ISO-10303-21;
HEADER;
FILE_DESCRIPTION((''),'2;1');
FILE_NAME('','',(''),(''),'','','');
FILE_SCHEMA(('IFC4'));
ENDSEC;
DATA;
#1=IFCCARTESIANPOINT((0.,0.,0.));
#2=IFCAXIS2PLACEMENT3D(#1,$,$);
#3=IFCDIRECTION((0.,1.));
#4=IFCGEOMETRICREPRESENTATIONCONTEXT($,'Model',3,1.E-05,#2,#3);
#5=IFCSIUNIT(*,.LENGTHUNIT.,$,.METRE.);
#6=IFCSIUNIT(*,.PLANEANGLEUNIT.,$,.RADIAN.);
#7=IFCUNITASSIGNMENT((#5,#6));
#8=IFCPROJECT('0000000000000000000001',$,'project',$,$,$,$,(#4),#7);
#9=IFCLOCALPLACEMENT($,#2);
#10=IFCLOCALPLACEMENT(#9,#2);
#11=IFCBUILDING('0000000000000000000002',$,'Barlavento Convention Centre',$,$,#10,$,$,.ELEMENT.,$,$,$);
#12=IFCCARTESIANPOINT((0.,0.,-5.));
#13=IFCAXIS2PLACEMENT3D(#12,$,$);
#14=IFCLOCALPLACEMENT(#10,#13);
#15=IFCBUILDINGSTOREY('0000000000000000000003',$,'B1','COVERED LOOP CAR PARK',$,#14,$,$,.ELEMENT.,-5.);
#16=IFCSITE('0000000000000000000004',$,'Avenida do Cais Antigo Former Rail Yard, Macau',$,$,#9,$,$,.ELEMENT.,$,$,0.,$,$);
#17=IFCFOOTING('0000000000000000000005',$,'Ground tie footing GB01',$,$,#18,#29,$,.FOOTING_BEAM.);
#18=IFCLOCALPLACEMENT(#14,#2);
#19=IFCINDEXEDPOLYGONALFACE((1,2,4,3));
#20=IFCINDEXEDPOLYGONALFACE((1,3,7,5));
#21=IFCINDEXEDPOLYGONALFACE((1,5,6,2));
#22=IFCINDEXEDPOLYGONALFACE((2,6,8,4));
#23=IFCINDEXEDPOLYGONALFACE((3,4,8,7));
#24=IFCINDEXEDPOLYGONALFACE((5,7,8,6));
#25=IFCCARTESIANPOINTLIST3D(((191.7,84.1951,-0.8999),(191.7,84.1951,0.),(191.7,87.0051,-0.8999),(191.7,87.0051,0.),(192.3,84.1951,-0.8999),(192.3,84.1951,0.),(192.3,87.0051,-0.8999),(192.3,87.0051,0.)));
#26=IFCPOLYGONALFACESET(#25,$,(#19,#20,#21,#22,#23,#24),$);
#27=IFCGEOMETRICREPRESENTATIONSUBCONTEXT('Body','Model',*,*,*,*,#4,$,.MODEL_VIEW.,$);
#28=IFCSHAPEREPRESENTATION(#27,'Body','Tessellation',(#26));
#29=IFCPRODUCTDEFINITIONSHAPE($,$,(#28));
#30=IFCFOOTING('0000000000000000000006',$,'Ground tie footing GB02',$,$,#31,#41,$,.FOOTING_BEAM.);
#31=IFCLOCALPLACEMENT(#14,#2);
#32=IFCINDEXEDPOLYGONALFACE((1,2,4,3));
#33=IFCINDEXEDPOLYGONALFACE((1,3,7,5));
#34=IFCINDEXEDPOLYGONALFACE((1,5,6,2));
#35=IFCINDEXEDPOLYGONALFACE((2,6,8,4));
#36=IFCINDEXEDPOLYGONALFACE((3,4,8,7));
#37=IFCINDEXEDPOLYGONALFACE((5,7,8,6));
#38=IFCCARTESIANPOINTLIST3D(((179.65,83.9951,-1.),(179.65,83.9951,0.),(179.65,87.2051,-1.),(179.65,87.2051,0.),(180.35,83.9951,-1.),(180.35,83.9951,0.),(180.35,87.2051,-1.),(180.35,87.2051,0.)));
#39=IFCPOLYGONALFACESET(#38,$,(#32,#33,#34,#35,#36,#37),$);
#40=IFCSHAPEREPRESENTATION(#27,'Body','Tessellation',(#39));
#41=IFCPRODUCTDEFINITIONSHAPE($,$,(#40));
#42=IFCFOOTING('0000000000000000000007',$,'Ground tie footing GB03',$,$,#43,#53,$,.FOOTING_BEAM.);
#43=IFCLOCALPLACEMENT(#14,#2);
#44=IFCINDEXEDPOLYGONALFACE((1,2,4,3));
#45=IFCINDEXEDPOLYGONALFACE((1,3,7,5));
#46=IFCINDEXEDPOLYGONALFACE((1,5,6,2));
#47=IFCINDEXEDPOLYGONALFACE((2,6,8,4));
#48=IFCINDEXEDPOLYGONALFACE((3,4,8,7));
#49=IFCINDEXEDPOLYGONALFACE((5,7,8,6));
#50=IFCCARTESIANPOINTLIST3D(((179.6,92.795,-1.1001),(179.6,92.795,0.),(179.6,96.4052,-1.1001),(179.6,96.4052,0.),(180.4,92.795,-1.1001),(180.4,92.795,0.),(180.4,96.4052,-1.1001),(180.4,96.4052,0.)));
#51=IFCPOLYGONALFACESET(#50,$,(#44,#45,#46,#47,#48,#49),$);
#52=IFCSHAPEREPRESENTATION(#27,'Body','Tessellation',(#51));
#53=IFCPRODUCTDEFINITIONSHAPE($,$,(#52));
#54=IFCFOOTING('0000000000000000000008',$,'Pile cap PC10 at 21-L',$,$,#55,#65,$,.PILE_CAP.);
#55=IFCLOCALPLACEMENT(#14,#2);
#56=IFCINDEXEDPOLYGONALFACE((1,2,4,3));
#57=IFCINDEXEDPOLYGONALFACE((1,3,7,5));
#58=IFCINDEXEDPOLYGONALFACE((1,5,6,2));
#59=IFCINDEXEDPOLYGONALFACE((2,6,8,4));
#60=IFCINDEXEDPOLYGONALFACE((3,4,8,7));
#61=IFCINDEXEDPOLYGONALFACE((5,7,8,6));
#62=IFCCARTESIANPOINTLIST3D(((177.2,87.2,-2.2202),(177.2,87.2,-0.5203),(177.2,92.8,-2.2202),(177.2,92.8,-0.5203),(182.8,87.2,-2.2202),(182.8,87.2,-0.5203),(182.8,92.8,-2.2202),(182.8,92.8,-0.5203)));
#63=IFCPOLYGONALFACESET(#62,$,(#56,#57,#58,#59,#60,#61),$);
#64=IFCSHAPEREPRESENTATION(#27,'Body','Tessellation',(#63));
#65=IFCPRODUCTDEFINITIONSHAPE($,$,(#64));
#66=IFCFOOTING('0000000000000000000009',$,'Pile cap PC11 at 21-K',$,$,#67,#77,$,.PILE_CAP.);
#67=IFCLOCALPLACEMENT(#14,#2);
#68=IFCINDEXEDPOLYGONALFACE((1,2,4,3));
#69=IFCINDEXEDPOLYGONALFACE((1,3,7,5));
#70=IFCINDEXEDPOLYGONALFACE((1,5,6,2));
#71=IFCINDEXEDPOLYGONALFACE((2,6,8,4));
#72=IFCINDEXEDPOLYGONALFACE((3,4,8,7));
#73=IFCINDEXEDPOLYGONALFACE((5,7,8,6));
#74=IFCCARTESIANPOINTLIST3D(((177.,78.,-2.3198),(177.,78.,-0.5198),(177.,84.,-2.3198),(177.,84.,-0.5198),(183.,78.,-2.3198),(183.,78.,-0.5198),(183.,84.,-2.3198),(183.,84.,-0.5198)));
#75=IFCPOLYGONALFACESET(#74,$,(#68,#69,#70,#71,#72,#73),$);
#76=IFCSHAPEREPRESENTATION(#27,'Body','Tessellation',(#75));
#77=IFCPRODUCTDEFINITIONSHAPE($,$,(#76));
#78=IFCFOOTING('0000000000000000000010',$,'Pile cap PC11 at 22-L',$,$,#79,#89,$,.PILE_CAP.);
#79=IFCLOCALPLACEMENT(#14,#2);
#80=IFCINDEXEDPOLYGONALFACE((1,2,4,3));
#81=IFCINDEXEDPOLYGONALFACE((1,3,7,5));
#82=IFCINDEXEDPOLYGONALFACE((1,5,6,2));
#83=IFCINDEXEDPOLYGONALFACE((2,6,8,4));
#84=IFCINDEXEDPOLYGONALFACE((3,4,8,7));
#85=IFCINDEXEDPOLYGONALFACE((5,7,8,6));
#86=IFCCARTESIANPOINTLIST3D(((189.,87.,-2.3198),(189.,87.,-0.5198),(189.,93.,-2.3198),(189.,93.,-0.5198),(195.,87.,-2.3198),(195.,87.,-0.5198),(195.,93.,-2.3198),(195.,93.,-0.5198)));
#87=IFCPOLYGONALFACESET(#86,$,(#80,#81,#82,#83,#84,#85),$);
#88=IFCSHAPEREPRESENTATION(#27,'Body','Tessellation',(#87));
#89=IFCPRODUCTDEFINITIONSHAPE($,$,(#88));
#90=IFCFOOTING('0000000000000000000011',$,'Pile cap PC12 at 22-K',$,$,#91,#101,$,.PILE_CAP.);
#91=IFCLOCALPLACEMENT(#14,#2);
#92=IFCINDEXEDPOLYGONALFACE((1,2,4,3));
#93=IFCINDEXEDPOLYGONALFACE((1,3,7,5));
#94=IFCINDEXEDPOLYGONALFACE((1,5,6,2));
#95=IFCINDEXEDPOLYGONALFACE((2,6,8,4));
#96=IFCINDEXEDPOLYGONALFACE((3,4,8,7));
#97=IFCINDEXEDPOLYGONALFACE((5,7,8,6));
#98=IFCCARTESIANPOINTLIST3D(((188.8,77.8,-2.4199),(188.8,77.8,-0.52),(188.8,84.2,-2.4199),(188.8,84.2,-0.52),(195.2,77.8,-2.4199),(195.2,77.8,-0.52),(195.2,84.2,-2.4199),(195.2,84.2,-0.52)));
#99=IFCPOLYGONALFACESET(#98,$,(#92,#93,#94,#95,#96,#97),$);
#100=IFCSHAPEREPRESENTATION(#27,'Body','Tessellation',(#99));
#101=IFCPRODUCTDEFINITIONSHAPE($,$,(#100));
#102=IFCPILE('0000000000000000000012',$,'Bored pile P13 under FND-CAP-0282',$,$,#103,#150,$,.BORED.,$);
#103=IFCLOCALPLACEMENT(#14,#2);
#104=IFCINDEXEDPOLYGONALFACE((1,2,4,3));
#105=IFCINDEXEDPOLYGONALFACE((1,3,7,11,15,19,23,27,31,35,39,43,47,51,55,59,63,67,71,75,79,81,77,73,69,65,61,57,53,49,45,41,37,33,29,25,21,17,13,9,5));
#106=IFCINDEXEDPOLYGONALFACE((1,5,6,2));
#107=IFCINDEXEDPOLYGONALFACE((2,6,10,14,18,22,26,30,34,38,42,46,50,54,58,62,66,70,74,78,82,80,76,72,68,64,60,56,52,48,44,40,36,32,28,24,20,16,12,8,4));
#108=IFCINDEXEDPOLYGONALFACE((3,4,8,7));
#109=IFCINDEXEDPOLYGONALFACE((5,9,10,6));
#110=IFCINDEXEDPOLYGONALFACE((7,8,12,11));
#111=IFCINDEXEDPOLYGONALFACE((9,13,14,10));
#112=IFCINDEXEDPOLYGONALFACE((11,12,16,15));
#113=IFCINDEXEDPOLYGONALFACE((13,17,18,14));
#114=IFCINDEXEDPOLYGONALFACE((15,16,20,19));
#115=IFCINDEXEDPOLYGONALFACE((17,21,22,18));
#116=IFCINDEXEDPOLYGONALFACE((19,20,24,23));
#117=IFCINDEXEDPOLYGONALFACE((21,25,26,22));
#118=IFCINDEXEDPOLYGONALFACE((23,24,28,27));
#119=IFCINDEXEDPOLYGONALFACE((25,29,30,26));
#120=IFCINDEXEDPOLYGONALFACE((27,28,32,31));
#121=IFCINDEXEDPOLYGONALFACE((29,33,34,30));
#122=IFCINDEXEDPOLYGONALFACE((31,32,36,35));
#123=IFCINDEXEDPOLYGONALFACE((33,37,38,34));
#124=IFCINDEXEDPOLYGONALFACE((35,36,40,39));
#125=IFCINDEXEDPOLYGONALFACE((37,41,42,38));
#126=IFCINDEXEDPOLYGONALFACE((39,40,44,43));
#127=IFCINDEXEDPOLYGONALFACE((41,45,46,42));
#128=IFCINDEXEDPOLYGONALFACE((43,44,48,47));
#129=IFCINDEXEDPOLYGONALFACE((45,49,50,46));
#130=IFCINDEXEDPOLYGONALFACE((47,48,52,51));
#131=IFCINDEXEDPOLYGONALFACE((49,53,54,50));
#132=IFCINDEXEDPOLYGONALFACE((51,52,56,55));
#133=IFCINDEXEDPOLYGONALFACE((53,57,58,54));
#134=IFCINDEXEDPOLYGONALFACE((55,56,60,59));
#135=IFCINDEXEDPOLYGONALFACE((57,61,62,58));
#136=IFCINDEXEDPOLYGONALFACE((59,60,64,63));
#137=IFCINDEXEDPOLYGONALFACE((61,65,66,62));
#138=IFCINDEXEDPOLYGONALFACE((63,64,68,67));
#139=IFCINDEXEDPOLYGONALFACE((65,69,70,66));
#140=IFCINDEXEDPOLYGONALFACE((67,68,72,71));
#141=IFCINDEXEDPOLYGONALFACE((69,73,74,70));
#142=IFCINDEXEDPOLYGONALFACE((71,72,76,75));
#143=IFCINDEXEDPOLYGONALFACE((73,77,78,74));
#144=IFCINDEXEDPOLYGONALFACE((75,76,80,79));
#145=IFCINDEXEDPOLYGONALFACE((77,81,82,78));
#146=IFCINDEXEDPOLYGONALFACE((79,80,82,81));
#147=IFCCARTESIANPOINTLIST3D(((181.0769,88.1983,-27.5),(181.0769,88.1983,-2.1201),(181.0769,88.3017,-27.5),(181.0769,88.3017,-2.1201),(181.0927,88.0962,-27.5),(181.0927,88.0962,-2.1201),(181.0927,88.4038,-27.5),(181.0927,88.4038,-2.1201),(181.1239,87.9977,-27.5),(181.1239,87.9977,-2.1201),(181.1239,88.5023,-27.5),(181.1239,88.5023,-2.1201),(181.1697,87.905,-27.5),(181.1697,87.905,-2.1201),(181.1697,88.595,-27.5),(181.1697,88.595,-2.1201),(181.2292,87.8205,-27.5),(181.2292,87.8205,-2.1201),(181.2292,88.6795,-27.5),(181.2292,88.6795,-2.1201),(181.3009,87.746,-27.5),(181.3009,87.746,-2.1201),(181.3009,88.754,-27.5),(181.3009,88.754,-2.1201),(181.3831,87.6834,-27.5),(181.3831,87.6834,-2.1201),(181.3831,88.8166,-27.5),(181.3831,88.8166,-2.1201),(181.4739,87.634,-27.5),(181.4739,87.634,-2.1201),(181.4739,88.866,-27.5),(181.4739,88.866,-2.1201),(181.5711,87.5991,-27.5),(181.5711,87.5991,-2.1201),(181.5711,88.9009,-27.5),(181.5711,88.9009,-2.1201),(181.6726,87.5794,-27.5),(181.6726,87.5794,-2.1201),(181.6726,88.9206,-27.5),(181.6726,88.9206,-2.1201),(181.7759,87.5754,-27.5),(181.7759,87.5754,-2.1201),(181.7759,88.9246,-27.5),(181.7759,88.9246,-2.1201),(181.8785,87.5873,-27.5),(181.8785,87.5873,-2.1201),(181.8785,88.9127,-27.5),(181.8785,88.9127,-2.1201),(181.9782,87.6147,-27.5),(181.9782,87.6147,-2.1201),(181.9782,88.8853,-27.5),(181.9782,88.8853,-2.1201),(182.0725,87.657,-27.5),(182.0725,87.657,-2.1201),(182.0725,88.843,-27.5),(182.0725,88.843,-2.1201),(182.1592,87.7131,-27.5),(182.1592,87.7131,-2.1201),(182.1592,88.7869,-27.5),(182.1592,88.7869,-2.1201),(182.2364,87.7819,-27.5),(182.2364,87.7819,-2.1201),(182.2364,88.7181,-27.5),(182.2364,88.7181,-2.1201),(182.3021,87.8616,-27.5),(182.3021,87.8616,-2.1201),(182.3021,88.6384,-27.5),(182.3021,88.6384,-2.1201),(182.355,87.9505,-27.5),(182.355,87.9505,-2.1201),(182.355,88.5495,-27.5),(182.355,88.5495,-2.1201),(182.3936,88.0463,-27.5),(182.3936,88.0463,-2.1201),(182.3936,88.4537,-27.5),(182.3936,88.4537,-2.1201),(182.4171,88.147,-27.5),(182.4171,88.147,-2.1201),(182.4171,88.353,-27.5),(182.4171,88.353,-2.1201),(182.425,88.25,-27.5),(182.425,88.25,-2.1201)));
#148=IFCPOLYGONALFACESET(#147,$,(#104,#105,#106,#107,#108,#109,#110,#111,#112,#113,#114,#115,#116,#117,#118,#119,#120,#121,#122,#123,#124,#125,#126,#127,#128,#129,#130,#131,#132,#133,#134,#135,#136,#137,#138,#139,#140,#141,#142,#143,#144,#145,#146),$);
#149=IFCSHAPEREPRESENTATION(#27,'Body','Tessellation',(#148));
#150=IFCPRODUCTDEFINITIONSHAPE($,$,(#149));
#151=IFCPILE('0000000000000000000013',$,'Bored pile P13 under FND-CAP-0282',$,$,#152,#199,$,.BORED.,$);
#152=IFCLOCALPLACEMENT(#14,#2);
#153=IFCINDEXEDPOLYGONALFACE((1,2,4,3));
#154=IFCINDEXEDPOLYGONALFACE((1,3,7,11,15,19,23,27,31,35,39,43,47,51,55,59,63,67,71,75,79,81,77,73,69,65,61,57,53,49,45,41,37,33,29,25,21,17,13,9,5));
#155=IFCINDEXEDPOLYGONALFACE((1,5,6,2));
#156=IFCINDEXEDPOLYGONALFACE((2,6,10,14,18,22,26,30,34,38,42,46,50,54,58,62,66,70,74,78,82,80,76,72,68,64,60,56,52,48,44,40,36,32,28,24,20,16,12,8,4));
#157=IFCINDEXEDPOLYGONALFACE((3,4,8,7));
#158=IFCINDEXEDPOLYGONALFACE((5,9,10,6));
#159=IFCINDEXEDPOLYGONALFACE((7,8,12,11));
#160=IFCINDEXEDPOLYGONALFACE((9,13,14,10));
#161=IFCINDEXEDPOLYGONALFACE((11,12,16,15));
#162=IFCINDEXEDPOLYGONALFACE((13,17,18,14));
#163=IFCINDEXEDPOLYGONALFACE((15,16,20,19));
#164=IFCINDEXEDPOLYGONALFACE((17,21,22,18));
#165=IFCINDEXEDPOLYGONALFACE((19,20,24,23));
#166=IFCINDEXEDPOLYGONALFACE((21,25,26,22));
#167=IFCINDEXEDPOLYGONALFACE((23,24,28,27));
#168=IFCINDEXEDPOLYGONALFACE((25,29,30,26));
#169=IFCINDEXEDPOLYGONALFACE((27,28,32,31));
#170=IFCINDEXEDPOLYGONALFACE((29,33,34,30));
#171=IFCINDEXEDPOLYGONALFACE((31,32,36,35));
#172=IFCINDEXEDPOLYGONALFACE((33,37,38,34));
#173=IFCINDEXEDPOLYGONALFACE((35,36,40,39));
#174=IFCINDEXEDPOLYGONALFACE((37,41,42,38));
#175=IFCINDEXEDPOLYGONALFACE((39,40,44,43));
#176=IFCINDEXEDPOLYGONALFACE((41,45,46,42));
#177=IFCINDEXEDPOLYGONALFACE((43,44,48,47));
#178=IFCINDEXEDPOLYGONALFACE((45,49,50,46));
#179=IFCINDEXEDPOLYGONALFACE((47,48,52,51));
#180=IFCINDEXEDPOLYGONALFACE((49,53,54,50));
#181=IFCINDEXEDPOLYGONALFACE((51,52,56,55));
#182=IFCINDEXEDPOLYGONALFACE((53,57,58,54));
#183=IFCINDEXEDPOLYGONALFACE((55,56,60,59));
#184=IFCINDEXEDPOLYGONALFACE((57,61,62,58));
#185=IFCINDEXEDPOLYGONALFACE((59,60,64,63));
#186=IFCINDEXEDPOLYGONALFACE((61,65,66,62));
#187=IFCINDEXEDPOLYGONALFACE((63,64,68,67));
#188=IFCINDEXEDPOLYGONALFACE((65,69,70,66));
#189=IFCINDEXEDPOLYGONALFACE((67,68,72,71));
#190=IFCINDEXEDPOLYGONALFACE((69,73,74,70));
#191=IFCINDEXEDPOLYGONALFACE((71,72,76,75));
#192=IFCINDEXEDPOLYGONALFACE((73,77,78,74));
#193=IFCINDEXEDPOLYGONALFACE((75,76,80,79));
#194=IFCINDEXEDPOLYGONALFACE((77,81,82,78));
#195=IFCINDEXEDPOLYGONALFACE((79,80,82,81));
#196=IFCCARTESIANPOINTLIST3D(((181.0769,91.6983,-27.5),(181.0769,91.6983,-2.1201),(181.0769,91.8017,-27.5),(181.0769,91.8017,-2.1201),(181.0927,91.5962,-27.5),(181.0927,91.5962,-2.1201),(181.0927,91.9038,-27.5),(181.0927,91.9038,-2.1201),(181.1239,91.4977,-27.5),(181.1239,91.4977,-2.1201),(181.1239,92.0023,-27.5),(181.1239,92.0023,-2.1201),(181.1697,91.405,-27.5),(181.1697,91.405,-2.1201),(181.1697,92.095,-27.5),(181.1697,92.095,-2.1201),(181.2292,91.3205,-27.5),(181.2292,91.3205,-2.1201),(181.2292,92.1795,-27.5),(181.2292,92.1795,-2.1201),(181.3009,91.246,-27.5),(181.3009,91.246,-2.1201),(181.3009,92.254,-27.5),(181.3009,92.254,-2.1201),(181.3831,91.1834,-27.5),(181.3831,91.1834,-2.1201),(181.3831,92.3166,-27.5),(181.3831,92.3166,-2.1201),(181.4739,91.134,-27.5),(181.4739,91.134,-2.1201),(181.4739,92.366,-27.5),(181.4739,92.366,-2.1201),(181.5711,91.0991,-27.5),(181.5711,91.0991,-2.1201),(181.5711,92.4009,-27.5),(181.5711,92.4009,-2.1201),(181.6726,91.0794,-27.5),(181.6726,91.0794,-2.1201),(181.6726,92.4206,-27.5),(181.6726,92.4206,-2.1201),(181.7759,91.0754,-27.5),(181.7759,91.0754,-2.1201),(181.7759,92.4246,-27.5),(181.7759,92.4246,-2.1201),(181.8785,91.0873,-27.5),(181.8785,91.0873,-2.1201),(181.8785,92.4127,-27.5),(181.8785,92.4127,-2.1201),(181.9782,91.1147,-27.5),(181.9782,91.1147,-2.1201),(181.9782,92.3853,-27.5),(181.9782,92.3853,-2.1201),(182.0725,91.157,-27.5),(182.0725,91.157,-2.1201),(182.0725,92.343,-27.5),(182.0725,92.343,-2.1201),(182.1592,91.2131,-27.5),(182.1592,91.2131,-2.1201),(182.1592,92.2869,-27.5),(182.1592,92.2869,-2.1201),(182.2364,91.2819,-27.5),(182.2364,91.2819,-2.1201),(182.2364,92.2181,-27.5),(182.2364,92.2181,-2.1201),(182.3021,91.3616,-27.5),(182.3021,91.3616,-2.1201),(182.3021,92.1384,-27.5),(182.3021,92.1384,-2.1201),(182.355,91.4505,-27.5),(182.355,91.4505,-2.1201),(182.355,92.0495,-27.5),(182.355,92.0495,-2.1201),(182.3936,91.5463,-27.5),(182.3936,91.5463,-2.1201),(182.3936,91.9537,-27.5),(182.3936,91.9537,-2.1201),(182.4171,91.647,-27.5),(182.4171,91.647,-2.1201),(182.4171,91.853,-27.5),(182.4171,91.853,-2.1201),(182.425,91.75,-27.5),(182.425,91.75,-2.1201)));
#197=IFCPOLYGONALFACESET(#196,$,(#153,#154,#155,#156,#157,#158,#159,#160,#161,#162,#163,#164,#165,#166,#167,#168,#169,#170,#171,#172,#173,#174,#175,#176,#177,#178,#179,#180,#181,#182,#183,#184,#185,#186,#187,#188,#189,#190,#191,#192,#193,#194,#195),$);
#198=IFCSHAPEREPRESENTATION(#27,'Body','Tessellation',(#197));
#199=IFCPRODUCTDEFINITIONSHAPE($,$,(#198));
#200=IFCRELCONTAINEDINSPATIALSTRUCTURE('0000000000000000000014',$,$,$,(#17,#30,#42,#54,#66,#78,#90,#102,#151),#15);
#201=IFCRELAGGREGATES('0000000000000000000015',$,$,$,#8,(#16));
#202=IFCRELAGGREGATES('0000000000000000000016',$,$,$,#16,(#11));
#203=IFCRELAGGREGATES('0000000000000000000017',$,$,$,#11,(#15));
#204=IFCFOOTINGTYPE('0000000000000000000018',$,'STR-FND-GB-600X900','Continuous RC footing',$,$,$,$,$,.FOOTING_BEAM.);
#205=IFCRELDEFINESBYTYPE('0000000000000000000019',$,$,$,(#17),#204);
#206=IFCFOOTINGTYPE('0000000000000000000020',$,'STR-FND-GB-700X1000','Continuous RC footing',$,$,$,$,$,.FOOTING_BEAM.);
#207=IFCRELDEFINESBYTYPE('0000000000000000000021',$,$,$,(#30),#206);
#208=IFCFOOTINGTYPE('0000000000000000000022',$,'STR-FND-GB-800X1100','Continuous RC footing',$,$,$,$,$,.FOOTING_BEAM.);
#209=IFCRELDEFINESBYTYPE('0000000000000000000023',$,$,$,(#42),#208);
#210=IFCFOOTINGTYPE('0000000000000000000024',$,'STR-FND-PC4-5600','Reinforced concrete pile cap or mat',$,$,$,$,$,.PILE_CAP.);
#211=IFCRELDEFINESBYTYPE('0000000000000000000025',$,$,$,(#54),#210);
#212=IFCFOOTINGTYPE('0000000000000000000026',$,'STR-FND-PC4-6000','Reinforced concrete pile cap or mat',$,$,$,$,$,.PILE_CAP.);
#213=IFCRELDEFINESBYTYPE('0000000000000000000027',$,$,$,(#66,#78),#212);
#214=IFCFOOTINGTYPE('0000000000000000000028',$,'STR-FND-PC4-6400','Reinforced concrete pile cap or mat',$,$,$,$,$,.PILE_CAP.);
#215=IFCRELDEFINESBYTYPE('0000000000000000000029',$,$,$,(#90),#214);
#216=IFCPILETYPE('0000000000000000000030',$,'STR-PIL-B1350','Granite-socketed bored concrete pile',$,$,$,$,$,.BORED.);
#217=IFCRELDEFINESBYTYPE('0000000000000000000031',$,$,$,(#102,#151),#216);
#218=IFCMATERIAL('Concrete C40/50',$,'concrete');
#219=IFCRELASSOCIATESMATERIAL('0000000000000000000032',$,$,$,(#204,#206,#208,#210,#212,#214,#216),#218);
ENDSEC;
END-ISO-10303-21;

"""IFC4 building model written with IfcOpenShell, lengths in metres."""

from ifc_helpers import new_model, si_unit, direction, frame, origin, origin_2d, place, context, subcontext, project, spatial, rectangle, circle, extrude, material, material_profile, profile_set, type_object, element, save


model = new_model("IFC4")

# Units and contexts
model_context = context("Model", 3, precision=1e-05, world=origin(), true_north=direction((0.0, 1.0)))
body_context = subcontext(model_context, "Body", "Model", "MODEL_VIEW")
ifc_project = project(units=[si_unit("LENGTHUNIT", "METRE"), si_unit("PLANEANGLEUNIT", "RADIAN")], contexts=[model_context])

# Site, building, storey
site_placement = place(None, origin())
site = spatial("IfcSite", under=ifc_project, at=site_placement, Name="Avenida do Cais Antigo Former Rail Yard, Macau", CompositionType="ELEMENT", RefElevation=0.0)
building_placement = place(site_placement, origin())
building = spatial("IfcBuilding", under=site, at=building_placement, Name="Barlavento Convention Centre", CompositionType="ELEMENT")
storey_placement = place(building_placement, frame((0.0, 0.0, -5.0)))
storey = spatial("IfcBuildingStorey", under=building, at=storey_placement, Name="B1", Description="COVERED LOOP CAR PARK", CompositionType="ELEMENT", Elevation=-5.0)

# Footings
ifc_material_1 = material(Name="Concrete C40/50", Category="concrete")
footing_type_1 = type_object("IfcFootingType", Name="STR-FND-GB-600X900", Description="Continuous RC footing", PredefinedType="FOOTING_BEAM", material=ifc_material_1)
footing_1_placement = place(storey_placement, frame((192.0, 85.6001, -0.8999), z_axis=(0.0, 0.0, 1.0), x_axis=(1.0, 0.0, 0.0)))
element("IfcFooting", 1, at=footing_1_placement, inside=storey, type_object=footing_type_1, Name="Ground tie footing GB01", PredefinedType="FOOTING_BEAM", context=body_context, shape_type="SweptSolid", body=[
    extrude(rectangle(XDim=0.6001, YDim=2.8101, at=origin_2d()), origin(), (0.0, 0.0, 1.0), 0.8999),
])
footing_type_2 = type_object("IfcFootingType", Name="STR-FND-GB-700X1000", Description="Continuous RC footing", PredefinedType="FOOTING_BEAM", material=ifc_material_1)
footing_2_placement = place(storey_placement, frame((180.0, 85.6001, -1.0), z_axis=(0.0, 0.0, 1.0), x_axis=(1.0, 0.0, 0.0)))
element("IfcFooting", 2, at=footing_2_placement, inside=storey, type_object=footing_type_2, Name="Ground tie footing GB02", PredefinedType="FOOTING_BEAM", context=body_context, shape_type="SweptSolid", body=[
    extrude(rectangle(XDim=0.7, YDim=3.21, at=origin_2d()), origin(), (0.0, 0.0, 1.0), 1.0),
])
footing_type_3 = type_object("IfcFootingType", Name="STR-FND-GB-800X1100", Description="Continuous RC footing", PredefinedType="FOOTING_BEAM", material=ifc_material_1)
footing_3_placement = place(storey_placement, frame((180.0, 94.6001, -1.1001), z_axis=(0.0, 0.0, 1.0), x_axis=(1.0, 0.0, 0.0)))
element("IfcFooting", 3, at=footing_3_placement, inside=storey, type_object=footing_type_3, Name="Ground tie footing GB03", PredefinedType="FOOTING_BEAM", context=body_context, shape_type="SweptSolid", body=[
    extrude(rectangle(XDim=0.8, YDim=3.6101, at=origin_2d()), origin(), (0.0, 0.0, 1.0), 1.1001),
])
footing_type_4 = type_object("IfcFootingType", Name="STR-FND-PC4-5600", Description="Reinforced concrete pile cap or mat", PredefinedType="PILE_CAP", material=ifc_material_1)
footing_4_placement = place(storey_placement, frame((180.0, 90.0, -2.2202), z_axis=(0.0, 0.0, 1.0), x_axis=(1.0, 0.0, 0.0)))
element("IfcFooting", 4, at=footing_4_placement, inside=storey, type_object=footing_type_4, Name="Pile cap PC10 at 21-L", PredefinedType="PILE_CAP", context=body_context, shape_type="SweptSolid", body=[
    extrude(rectangle(XDim=5.6001, YDim=5.6001, at=origin_2d()), origin(), (0.0, 0.0, 1.0), 1.7),
])
footing_type_5 = type_object("IfcFootingType", Name="STR-FND-PC4-6000", Description="Reinforced concrete pile cap or mat", PredefinedType="PILE_CAP", material=ifc_material_1)
for number, where, z_axis, x_axis, name in (
    (5, (180.0, 81.0, -2.3198), (0.0, 0.0, 1.0), (1.0, 0.0, 0.0), "Pile cap PC11 at 21-K"),
    (6, (192.0, 90.0, -2.3198), (0.0, 0.0, 1.0), (1.0, 0.0, 0.0), "Pile cap PC11 at 22-L"),
):
    element("IfcFooting", number, at=place(storey_placement, frame(where, z_axis=z_axis, x_axis=x_axis)), inside=storey, type_object=footing_type_5, Name=name, PredefinedType="PILE_CAP", context=body_context, shape_type="SweptSolid", body=[
        extrude(rectangle(XDim=6.0, YDim=6.0, at=origin_2d()), origin(), (0.0, 0.0, 1.0), 1.8),
    ])
footing_type_6 = type_object("IfcFootingType", Name="STR-FND-PC4-6400", Description="Reinforced concrete pile cap or mat", PredefinedType="PILE_CAP", material=ifc_material_1)
footing_5_placement = place(storey_placement, frame((192.0, 81.0, -2.4199), z_axis=(0.0, 0.0, 1.0), x_axis=(1.0, 0.0, 0.0)))
element("IfcFooting", 7, at=footing_5_placement, inside=storey, type_object=footing_type_6, Name="Pile cap PC12 at 22-K", PredefinedType="PILE_CAP", context=body_context, shape_type="SweptSolid", body=[
    extrude(rectangle(XDim=6.3999, YDim=6.3999, at=origin_2d()), origin(), (0.0, 0.0, 1.0), 1.8999),
])

# Piles
ifc_material_profile_1 = material_profile(ifc_material_1, circle(Radius=0.675, at=origin_2d()), Name="BORED PILE 1350")
ifc_profile_set_1 = profile_set([ifc_material_profile_1], Name="Concrete C40/50")
pile_type_1 = type_object("IfcPileType", Name="STR-PIL-B1350", Description="Granite-socketed bored concrete pile", PredefinedType="BORED", material=ifc_profile_set_1)
for number, where, z_axis, x_axis, name in (
    (8, (181.75, 88.25, -2.1201), (0.0, 0.0, -1.0), (1.0, 0.0, 0.0), "Bored pile P13 under FND-CAP-0282"),
    (9, (181.75, 91.75, -2.1201), (0.0, 0.0, -1.0), (1.0, 0.0, 0.0), "Bored pile P13 under FND-CAP-0282"),
):
    element("IfcPile", number, at=place(storey_placement, frame(where, z_axis=z_axis, x_axis=x_axis)), inside=storey, type_object=pile_type_1, Name=name, PredefinedType="BORED", context=body_context, shape_type="SweptSolid", body=[
        extrude(circle(Radius=0.675, at=origin_2d()), origin(), (0.0, 0.0, 1.0), 25.3799),
    ])

save(model, "model.ifc")
